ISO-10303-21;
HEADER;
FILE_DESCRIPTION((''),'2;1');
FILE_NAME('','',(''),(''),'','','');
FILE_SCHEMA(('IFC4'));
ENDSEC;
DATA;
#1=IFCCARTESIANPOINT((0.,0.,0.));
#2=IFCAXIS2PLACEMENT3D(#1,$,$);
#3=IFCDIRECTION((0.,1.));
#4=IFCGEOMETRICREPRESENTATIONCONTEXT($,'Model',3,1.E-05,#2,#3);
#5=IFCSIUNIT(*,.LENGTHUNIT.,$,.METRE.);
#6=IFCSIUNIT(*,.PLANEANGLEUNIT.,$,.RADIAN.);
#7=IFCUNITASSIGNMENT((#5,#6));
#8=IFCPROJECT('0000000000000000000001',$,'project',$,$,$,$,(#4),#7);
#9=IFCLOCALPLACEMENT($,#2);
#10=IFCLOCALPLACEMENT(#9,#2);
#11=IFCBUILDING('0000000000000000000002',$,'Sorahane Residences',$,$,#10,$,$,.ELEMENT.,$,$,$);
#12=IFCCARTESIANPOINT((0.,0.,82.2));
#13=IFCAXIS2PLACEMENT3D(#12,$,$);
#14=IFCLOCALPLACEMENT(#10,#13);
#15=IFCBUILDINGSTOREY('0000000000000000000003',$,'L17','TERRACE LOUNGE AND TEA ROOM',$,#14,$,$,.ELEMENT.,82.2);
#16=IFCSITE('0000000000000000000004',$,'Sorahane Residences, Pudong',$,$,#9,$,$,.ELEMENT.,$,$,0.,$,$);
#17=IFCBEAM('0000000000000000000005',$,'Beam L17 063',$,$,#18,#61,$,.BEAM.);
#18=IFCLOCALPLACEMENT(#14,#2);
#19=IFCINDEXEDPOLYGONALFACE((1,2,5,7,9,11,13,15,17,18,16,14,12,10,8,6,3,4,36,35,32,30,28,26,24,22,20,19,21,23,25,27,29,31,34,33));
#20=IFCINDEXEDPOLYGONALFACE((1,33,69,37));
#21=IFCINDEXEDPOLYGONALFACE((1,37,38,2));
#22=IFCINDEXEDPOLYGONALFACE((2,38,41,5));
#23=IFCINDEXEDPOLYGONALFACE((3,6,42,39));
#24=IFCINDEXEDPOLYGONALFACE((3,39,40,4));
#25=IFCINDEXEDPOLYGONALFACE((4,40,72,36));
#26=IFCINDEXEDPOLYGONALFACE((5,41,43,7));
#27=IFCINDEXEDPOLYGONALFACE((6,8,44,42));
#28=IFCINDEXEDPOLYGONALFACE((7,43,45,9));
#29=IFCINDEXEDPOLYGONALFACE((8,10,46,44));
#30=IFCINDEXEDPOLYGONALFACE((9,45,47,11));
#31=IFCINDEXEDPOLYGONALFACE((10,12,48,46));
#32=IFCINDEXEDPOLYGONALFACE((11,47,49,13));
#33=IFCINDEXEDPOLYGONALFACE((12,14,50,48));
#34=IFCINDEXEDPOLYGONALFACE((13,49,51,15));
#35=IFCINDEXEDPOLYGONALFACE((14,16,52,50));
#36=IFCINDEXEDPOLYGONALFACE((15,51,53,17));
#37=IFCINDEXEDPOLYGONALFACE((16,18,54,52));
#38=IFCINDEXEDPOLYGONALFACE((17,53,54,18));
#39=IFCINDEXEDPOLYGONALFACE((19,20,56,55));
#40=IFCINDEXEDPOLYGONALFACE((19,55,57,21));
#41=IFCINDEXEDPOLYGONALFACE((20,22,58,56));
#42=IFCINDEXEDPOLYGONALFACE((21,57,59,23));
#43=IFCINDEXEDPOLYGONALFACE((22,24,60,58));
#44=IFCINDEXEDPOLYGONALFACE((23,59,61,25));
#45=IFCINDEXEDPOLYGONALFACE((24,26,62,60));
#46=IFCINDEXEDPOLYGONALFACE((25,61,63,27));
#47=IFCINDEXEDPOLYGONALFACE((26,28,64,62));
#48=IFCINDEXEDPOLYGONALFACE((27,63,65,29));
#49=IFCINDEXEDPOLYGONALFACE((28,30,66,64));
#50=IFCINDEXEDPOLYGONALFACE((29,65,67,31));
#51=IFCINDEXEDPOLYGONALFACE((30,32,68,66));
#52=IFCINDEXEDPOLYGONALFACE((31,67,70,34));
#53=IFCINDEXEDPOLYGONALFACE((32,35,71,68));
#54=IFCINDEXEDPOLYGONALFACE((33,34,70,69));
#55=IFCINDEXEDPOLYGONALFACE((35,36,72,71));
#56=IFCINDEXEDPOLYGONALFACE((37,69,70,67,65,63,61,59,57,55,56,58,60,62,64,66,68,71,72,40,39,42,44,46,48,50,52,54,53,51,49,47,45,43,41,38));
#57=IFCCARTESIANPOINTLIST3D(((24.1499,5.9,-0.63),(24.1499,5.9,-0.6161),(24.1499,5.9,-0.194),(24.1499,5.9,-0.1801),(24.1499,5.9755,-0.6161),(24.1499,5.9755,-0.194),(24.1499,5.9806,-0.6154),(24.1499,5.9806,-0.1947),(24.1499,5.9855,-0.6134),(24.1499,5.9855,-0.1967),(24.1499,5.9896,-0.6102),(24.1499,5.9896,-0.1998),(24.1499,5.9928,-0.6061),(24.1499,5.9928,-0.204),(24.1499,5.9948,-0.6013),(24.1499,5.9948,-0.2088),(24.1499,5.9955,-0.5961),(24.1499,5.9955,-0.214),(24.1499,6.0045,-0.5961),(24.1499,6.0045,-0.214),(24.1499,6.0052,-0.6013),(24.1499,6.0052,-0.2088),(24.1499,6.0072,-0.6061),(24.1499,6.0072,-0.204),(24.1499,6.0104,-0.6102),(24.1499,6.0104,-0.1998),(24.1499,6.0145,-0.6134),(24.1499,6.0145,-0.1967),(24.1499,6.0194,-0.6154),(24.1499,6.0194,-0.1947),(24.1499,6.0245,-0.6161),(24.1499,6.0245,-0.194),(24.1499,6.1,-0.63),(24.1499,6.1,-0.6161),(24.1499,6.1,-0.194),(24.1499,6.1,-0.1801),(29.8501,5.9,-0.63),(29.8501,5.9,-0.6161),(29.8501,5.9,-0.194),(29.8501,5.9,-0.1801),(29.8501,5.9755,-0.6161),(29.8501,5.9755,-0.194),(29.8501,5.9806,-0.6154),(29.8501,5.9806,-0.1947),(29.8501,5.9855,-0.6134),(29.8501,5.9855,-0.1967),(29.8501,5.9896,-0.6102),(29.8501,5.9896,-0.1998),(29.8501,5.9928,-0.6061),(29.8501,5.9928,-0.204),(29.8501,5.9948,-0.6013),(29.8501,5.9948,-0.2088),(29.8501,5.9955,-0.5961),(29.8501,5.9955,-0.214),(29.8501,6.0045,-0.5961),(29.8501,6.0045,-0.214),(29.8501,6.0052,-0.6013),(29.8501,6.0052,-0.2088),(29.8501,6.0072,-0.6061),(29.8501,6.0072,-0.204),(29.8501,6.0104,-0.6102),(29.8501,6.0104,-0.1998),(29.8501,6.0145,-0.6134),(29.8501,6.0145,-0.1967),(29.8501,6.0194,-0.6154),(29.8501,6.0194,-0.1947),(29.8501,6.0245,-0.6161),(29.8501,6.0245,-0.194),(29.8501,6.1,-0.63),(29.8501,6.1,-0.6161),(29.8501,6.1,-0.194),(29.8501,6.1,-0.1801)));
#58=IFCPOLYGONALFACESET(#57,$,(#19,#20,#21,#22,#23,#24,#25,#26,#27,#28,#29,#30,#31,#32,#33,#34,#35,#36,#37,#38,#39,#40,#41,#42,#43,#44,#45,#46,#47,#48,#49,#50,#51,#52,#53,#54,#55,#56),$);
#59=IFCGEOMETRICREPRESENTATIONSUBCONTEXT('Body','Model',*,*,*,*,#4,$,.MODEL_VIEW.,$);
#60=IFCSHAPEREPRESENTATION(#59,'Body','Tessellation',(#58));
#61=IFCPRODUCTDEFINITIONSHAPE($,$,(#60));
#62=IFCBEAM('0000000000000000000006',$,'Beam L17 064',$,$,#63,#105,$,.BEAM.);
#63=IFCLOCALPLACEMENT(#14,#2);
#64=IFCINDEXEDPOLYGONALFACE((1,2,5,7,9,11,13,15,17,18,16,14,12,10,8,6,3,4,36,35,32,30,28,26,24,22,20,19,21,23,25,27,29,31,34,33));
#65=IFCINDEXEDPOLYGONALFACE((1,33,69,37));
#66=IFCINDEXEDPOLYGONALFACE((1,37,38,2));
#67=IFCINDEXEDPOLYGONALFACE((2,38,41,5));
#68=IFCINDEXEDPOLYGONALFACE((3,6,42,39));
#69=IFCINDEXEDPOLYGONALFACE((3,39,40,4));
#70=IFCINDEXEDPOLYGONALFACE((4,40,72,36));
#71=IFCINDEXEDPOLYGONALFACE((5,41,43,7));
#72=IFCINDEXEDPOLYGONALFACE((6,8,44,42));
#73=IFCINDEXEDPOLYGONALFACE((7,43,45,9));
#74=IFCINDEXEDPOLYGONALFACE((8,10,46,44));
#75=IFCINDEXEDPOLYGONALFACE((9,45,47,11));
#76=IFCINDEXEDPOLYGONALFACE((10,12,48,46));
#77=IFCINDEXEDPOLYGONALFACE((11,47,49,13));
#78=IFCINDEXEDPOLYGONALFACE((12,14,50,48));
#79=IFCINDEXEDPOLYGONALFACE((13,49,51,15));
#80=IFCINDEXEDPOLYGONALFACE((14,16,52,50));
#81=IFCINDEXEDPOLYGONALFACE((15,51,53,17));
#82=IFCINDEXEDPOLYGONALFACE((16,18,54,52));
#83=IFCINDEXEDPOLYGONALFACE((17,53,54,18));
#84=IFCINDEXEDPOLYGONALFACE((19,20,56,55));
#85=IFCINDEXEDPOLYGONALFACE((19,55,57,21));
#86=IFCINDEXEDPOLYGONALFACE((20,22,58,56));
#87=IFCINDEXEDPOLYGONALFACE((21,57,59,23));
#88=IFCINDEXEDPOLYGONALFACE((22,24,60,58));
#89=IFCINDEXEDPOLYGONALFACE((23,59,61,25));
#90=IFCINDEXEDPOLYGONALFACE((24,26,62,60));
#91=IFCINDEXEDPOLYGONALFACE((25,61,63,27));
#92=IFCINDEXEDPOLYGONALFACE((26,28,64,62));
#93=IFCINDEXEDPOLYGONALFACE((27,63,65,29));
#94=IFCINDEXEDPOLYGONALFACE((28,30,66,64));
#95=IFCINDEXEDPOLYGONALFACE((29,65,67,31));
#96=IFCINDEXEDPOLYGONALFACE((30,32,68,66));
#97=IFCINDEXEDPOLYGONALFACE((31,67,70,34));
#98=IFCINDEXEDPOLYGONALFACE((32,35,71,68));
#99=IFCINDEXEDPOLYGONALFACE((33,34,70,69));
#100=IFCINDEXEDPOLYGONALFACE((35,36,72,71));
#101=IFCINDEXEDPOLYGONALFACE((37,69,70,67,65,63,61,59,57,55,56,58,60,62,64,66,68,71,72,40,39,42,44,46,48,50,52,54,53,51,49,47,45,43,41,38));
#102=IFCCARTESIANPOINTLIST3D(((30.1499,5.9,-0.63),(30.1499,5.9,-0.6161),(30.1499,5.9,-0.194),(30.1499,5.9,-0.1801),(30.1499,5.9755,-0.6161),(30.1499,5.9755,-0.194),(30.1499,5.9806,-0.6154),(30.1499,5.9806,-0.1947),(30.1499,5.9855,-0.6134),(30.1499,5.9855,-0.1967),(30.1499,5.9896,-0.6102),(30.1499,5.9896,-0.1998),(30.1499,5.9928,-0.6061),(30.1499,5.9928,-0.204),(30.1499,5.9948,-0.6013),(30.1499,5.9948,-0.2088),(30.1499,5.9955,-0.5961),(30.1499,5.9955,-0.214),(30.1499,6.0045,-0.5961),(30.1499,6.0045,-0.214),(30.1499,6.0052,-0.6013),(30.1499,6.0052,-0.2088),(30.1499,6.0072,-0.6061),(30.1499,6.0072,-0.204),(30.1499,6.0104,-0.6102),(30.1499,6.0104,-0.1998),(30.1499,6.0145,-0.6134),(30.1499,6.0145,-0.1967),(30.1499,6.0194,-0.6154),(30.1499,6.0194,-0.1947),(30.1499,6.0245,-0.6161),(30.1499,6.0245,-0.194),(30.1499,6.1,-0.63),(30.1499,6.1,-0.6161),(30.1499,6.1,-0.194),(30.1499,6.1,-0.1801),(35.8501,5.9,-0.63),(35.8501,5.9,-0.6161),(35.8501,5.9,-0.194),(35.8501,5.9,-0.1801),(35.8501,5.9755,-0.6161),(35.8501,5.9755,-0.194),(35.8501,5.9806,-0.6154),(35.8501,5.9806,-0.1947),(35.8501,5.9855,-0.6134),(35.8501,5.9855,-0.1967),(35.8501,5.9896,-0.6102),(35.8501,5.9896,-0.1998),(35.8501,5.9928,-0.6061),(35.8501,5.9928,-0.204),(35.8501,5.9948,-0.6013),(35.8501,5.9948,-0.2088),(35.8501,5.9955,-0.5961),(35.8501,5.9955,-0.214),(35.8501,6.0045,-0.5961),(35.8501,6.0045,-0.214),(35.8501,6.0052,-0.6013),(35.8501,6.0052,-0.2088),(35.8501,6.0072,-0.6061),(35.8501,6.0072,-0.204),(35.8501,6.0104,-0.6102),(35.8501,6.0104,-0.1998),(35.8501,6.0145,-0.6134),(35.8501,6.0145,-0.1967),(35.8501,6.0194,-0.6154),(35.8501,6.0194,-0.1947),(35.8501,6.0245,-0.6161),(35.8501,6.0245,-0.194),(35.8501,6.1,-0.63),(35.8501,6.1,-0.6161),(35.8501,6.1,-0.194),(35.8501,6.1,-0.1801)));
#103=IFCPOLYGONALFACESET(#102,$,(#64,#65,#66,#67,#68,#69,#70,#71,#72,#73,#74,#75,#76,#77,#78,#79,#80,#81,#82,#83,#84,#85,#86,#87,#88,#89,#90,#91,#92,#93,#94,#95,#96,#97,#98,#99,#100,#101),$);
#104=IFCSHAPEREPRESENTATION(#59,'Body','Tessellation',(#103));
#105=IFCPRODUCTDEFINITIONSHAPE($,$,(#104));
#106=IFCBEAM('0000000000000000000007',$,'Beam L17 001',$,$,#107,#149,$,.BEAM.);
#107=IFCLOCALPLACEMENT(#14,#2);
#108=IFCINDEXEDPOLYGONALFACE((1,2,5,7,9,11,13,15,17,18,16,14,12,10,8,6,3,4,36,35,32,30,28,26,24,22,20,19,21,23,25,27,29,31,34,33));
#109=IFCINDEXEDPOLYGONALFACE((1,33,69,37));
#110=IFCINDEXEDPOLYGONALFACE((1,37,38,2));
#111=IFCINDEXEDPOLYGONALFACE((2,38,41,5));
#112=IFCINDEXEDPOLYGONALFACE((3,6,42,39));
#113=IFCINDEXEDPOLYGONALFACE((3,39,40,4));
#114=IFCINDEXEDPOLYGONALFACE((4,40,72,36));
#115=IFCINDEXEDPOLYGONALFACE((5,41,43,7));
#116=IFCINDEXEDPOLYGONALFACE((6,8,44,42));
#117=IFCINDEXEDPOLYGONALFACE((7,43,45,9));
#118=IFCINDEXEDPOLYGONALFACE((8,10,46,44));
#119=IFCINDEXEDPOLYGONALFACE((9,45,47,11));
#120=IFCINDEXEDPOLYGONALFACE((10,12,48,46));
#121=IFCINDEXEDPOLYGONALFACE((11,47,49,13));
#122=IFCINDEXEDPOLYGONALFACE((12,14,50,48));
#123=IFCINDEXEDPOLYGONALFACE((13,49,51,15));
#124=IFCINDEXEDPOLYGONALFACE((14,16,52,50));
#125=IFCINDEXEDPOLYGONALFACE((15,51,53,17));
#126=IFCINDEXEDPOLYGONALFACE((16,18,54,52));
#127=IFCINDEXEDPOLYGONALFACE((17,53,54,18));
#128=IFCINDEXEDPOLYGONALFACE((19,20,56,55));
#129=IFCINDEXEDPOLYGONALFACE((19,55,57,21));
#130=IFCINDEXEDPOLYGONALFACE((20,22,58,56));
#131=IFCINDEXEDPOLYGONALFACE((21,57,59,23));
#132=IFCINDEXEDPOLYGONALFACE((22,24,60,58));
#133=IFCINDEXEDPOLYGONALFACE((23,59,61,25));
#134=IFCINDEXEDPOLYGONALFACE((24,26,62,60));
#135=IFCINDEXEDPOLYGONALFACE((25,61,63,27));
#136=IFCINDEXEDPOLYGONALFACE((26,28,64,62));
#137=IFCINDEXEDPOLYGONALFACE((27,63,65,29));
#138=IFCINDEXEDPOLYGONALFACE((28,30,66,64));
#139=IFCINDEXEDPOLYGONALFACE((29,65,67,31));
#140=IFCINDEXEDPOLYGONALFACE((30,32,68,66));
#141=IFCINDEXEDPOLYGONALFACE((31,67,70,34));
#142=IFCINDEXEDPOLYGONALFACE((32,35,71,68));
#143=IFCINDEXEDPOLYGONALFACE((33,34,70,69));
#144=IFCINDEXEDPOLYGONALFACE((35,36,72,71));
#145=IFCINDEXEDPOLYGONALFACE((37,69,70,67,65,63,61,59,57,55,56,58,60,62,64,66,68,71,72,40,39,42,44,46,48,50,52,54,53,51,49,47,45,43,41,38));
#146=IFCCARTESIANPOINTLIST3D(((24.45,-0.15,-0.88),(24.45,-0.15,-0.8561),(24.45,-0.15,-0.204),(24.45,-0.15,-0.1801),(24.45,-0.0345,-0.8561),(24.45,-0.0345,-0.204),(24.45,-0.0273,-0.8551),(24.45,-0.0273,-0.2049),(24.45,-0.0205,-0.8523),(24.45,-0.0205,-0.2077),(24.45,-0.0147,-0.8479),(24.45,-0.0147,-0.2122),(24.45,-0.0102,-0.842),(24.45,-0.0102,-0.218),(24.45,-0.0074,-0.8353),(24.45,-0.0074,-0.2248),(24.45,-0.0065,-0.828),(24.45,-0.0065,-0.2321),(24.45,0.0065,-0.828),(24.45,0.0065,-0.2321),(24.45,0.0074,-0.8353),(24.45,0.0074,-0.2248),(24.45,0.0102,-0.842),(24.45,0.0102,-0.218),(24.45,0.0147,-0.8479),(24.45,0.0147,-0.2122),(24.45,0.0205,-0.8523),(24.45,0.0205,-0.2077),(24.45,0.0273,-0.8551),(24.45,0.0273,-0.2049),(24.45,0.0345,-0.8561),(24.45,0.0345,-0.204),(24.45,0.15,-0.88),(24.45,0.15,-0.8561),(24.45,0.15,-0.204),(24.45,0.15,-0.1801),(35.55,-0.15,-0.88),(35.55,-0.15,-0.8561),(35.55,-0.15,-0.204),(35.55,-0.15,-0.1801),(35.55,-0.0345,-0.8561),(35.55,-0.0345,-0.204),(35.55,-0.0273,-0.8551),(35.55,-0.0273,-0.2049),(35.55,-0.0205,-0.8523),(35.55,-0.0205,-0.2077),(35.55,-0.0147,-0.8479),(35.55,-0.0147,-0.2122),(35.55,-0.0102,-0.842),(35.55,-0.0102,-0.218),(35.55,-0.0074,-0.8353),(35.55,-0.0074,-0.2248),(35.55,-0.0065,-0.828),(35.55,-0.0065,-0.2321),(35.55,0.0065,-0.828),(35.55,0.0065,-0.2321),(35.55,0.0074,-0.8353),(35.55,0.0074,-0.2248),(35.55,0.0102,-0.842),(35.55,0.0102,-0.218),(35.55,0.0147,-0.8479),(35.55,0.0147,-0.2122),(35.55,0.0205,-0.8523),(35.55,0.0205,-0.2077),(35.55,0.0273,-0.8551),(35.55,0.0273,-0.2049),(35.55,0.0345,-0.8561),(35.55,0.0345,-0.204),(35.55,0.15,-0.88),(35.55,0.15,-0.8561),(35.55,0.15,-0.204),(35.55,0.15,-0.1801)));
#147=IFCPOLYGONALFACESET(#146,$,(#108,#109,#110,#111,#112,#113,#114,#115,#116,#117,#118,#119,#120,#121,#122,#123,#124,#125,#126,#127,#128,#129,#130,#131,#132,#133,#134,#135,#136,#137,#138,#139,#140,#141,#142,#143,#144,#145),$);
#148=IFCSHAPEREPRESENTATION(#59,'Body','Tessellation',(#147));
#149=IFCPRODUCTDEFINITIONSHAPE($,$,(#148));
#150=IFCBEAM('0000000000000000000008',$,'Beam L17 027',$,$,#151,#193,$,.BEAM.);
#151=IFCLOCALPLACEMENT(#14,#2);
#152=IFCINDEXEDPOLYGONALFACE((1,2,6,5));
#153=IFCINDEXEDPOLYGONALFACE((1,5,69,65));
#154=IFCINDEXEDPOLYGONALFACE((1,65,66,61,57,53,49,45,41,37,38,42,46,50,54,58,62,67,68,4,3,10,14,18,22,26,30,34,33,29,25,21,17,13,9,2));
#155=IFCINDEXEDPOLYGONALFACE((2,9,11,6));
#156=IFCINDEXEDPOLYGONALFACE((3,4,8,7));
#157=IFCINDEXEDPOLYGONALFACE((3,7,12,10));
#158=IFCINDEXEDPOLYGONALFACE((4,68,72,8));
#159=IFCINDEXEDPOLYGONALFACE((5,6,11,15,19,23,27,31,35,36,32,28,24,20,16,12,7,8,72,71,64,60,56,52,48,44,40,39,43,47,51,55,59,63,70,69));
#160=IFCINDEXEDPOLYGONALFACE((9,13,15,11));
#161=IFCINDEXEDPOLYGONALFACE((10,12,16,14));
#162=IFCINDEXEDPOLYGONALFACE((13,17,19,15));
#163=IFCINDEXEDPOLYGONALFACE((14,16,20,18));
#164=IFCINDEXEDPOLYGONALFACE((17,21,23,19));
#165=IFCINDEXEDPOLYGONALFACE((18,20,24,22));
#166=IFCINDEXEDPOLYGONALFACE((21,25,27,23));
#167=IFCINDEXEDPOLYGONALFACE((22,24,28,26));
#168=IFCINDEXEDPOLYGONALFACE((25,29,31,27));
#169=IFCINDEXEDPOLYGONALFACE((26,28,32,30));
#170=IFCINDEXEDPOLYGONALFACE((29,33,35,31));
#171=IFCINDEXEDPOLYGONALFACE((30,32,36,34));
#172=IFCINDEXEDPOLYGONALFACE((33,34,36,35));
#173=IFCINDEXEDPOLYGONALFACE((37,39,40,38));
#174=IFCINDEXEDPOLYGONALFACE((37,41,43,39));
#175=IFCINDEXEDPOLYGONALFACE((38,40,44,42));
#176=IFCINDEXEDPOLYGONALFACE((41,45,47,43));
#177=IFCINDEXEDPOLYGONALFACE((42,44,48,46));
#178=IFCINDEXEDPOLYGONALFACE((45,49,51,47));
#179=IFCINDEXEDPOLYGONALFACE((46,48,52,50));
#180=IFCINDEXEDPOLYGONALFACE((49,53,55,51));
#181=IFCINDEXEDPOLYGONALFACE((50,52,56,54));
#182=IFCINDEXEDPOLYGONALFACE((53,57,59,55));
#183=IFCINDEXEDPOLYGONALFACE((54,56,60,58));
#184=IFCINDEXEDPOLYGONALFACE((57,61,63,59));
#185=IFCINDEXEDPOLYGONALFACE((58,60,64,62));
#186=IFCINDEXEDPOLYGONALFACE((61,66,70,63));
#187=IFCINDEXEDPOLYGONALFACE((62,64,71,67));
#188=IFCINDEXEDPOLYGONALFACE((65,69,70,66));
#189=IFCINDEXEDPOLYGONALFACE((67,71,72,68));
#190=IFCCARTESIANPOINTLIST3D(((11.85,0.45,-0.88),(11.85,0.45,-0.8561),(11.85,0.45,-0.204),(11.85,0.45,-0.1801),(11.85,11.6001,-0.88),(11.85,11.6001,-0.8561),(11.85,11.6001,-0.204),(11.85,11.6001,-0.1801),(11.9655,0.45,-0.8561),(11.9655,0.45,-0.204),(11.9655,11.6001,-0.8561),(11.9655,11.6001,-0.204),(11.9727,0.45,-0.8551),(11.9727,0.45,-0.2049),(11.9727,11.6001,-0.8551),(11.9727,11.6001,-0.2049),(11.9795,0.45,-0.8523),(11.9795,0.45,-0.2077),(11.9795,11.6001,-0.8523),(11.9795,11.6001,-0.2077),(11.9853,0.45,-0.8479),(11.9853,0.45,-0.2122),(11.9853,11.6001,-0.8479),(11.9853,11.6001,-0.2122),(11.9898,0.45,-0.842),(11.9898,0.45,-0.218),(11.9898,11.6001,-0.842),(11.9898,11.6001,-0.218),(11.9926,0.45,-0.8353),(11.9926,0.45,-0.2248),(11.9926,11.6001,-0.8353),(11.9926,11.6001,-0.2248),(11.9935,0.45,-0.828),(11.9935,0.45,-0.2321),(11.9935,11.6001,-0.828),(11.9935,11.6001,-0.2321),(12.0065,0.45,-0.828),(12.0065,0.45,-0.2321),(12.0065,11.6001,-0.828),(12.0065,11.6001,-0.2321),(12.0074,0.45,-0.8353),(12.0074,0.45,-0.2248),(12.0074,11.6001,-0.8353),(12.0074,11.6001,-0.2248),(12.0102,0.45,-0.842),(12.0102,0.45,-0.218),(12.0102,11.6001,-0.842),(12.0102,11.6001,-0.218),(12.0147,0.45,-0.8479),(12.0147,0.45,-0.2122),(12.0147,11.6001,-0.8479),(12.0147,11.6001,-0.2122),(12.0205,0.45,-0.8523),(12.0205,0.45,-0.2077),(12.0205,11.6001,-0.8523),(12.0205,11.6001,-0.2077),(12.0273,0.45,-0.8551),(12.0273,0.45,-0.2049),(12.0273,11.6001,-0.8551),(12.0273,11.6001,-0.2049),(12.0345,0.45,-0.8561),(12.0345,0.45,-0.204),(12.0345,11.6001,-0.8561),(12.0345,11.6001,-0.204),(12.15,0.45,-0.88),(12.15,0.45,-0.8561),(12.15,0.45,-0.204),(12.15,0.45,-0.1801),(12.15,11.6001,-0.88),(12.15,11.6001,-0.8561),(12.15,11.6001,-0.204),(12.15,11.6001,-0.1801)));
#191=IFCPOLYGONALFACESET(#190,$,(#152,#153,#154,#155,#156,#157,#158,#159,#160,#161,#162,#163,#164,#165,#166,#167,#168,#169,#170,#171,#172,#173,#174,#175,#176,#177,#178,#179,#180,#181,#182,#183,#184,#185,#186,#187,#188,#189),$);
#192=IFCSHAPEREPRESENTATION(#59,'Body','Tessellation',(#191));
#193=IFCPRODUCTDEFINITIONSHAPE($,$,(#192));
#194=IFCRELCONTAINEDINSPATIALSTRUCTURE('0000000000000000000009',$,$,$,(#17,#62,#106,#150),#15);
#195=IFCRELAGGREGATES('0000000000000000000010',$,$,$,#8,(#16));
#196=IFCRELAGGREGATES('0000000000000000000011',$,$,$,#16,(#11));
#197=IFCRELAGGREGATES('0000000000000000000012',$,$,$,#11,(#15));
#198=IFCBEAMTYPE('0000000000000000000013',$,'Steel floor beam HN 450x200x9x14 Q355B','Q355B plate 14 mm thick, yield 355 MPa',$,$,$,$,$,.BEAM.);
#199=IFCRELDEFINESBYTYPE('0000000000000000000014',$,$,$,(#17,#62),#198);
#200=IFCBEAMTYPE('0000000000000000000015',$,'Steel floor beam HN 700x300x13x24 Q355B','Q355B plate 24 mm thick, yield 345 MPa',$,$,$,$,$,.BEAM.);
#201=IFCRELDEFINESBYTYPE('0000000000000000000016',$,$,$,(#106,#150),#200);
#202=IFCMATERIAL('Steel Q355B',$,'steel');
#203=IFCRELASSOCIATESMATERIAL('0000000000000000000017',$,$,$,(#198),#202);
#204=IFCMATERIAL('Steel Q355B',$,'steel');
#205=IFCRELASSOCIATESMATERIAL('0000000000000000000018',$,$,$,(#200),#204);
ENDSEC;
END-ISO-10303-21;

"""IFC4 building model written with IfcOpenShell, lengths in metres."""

from ifc_helpers import new_model, si_unit, direction, frame, origin, origin_2d, place, context, subcontext, project, spatial, i_section, extrude, material, material_profile, profile_set, type_object, element, save


model = new_model("IFC4")

# Units and contexts
model_context = context("Model", 3, precision=1e-05, world=origin(), true_north=direction((0.0, 1.0)))
body_context = subcontext(model_context, "Body", "Model", "MODEL_VIEW")
ifc_project = project(units=[si_unit("LENGTHUNIT", "METRE"), si_unit("PLANEANGLEUNIT", "RADIAN")], contexts=[model_context])

# Site, building, storey
site_placement = place(None, origin())
site = spatial("IfcSite", under=ifc_project, at=site_placement, Name="Sorahane Residences, Pudong", CompositionType="ELEMENT", RefElevation=0.0)
building_placement = place(site_placement, origin())
building = spatial("IfcBuilding", under=site, at=building_placement, Name="Sorahane Residences", CompositionType="ELEMENT")
storey_placement = place(building_placement, frame((0.0, 0.0, 82.2)))
storey = spatial("IfcBuildingStorey", under=building, at=storey_placement, Name="L17", Description="TERRACE LOUNGE AND TEA ROOM", CompositionType="ELEMENT", Elevation=82.2)

# Beams
ifc_material_1 = material(Name="Steel Q355B", Category="steel")
ifc_material_profile_1 = material_profile(ifc_material_1, i_section(OverallWidth=0.2, OverallDepth=0.45, WebThickness=0.009, FlangeThickness=0.0139, FilletRadius=0.02, at=origin_2d()), Name="HN 450x200x9x14")
ifc_profile_set_1 = profile_set([ifc_material_profile_1], Name="Steel Q355B")
beam_type_1 = type_object("IfcBeamType", Name="Steel floor beam HN 450x200x9x14 Q355B", Description="Q355B plate 14 mm thick, yield 355 MPa", PredefinedType="BEAM", material=ifc_profile_set_1)
for number, where, z_axis, x_axis, name in (
    (1, (24.1499, 6.0, -0.405), (1.0, 0.0, 0.0), (0.0, 1.0, 0.0), "Beam L17 063"),
    (2, (30.1499, 6.0, -0.405), (1.0, 0.0, 0.0), (0.0, 1.0, 0.0), "Beam L17 064"),
):
    element("IfcBeam", number, at=place(storey_placement, frame(where, z_axis=z_axis, x_axis=x_axis)), inside=storey, type_object=beam_type_1, Name=name, PredefinedType="BEAM", context=body_context, shape_type="SweptSolid", body=[
        extrude(i_section(OverallWidth=0.2, OverallDepth=0.45, WebThickness=0.009, FlangeThickness=0.0139, FilletRadius=0.02, at=origin_2d()), origin(), (0.0, 0.0, 1.0), 5.7002),
    ])
ifc_material_2 = material(Name="Steel Q355B", Category="steel")
ifc_material_profile_2 = material_profile(ifc_material_2, i_section(OverallWidth=0.3, OverallDepth=0.7, WebThickness=0.0129, FlangeThickness=0.0239, FilletRadius=0.0281, at=origin_2d()), Name="HN 700x300x13x24")
ifc_profile_set_2 = profile_set([ifc_material_profile_2], Name="Steel Q355B")
beam_type_2 = type_object("IfcBeamType", Name="Steel floor beam HN 700x300x13x24 Q355B", Description="Q355B plate 24 mm thick, yield 345 MPa", PredefinedType="BEAM", material=ifc_profile_set_2)
beam_1_placement = place(storey_placement, frame((24.45, 0.0, -0.53), z_axis=(1.0, 0.0, 0.0), x_axis=(0.0, 1.0, 0.0)))
element("IfcBeam", 3, at=beam_1_placement, inside=storey, type_object=beam_type_2, Name="Beam L17 001", PredefinedType="BEAM", context=body_context, shape_type="SweptSolid", body=[
    extrude(i_section(OverallWidth=0.3, OverallDepth=0.7, WebThickness=0.0129, FlangeThickness=0.0239, FilletRadius=0.0281, at=origin_2d()), origin(), (0.0, 0.0, 1.0), 11.1001),
])
for number, where, z_axis, x_axis, name in (
    (4, (12.0, 0.45, -0.53), (0.0, 1.0, 0.0), (-1.0, 0.0, 0.0), "Beam L17 027"),
):
    element("IfcBeam", number, at=place(storey_placement, frame(where, z_axis=z_axis, x_axis=x_axis)), inside=storey, type_object=beam_type_2, Name=name, PredefinedType="BEAM", context=body_context, shape_type="SweptSolid", body=[
        extrude(i_section(OverallWidth=0.3, OverallDepth=0.7, WebThickness=0.0129, FlangeThickness=0.0239, FilletRadius=0.0281, at=origin_2d()), origin(), (0.0, 0.0, 1.0), 11.1501),
    ])

save(model, "model.ifc")
